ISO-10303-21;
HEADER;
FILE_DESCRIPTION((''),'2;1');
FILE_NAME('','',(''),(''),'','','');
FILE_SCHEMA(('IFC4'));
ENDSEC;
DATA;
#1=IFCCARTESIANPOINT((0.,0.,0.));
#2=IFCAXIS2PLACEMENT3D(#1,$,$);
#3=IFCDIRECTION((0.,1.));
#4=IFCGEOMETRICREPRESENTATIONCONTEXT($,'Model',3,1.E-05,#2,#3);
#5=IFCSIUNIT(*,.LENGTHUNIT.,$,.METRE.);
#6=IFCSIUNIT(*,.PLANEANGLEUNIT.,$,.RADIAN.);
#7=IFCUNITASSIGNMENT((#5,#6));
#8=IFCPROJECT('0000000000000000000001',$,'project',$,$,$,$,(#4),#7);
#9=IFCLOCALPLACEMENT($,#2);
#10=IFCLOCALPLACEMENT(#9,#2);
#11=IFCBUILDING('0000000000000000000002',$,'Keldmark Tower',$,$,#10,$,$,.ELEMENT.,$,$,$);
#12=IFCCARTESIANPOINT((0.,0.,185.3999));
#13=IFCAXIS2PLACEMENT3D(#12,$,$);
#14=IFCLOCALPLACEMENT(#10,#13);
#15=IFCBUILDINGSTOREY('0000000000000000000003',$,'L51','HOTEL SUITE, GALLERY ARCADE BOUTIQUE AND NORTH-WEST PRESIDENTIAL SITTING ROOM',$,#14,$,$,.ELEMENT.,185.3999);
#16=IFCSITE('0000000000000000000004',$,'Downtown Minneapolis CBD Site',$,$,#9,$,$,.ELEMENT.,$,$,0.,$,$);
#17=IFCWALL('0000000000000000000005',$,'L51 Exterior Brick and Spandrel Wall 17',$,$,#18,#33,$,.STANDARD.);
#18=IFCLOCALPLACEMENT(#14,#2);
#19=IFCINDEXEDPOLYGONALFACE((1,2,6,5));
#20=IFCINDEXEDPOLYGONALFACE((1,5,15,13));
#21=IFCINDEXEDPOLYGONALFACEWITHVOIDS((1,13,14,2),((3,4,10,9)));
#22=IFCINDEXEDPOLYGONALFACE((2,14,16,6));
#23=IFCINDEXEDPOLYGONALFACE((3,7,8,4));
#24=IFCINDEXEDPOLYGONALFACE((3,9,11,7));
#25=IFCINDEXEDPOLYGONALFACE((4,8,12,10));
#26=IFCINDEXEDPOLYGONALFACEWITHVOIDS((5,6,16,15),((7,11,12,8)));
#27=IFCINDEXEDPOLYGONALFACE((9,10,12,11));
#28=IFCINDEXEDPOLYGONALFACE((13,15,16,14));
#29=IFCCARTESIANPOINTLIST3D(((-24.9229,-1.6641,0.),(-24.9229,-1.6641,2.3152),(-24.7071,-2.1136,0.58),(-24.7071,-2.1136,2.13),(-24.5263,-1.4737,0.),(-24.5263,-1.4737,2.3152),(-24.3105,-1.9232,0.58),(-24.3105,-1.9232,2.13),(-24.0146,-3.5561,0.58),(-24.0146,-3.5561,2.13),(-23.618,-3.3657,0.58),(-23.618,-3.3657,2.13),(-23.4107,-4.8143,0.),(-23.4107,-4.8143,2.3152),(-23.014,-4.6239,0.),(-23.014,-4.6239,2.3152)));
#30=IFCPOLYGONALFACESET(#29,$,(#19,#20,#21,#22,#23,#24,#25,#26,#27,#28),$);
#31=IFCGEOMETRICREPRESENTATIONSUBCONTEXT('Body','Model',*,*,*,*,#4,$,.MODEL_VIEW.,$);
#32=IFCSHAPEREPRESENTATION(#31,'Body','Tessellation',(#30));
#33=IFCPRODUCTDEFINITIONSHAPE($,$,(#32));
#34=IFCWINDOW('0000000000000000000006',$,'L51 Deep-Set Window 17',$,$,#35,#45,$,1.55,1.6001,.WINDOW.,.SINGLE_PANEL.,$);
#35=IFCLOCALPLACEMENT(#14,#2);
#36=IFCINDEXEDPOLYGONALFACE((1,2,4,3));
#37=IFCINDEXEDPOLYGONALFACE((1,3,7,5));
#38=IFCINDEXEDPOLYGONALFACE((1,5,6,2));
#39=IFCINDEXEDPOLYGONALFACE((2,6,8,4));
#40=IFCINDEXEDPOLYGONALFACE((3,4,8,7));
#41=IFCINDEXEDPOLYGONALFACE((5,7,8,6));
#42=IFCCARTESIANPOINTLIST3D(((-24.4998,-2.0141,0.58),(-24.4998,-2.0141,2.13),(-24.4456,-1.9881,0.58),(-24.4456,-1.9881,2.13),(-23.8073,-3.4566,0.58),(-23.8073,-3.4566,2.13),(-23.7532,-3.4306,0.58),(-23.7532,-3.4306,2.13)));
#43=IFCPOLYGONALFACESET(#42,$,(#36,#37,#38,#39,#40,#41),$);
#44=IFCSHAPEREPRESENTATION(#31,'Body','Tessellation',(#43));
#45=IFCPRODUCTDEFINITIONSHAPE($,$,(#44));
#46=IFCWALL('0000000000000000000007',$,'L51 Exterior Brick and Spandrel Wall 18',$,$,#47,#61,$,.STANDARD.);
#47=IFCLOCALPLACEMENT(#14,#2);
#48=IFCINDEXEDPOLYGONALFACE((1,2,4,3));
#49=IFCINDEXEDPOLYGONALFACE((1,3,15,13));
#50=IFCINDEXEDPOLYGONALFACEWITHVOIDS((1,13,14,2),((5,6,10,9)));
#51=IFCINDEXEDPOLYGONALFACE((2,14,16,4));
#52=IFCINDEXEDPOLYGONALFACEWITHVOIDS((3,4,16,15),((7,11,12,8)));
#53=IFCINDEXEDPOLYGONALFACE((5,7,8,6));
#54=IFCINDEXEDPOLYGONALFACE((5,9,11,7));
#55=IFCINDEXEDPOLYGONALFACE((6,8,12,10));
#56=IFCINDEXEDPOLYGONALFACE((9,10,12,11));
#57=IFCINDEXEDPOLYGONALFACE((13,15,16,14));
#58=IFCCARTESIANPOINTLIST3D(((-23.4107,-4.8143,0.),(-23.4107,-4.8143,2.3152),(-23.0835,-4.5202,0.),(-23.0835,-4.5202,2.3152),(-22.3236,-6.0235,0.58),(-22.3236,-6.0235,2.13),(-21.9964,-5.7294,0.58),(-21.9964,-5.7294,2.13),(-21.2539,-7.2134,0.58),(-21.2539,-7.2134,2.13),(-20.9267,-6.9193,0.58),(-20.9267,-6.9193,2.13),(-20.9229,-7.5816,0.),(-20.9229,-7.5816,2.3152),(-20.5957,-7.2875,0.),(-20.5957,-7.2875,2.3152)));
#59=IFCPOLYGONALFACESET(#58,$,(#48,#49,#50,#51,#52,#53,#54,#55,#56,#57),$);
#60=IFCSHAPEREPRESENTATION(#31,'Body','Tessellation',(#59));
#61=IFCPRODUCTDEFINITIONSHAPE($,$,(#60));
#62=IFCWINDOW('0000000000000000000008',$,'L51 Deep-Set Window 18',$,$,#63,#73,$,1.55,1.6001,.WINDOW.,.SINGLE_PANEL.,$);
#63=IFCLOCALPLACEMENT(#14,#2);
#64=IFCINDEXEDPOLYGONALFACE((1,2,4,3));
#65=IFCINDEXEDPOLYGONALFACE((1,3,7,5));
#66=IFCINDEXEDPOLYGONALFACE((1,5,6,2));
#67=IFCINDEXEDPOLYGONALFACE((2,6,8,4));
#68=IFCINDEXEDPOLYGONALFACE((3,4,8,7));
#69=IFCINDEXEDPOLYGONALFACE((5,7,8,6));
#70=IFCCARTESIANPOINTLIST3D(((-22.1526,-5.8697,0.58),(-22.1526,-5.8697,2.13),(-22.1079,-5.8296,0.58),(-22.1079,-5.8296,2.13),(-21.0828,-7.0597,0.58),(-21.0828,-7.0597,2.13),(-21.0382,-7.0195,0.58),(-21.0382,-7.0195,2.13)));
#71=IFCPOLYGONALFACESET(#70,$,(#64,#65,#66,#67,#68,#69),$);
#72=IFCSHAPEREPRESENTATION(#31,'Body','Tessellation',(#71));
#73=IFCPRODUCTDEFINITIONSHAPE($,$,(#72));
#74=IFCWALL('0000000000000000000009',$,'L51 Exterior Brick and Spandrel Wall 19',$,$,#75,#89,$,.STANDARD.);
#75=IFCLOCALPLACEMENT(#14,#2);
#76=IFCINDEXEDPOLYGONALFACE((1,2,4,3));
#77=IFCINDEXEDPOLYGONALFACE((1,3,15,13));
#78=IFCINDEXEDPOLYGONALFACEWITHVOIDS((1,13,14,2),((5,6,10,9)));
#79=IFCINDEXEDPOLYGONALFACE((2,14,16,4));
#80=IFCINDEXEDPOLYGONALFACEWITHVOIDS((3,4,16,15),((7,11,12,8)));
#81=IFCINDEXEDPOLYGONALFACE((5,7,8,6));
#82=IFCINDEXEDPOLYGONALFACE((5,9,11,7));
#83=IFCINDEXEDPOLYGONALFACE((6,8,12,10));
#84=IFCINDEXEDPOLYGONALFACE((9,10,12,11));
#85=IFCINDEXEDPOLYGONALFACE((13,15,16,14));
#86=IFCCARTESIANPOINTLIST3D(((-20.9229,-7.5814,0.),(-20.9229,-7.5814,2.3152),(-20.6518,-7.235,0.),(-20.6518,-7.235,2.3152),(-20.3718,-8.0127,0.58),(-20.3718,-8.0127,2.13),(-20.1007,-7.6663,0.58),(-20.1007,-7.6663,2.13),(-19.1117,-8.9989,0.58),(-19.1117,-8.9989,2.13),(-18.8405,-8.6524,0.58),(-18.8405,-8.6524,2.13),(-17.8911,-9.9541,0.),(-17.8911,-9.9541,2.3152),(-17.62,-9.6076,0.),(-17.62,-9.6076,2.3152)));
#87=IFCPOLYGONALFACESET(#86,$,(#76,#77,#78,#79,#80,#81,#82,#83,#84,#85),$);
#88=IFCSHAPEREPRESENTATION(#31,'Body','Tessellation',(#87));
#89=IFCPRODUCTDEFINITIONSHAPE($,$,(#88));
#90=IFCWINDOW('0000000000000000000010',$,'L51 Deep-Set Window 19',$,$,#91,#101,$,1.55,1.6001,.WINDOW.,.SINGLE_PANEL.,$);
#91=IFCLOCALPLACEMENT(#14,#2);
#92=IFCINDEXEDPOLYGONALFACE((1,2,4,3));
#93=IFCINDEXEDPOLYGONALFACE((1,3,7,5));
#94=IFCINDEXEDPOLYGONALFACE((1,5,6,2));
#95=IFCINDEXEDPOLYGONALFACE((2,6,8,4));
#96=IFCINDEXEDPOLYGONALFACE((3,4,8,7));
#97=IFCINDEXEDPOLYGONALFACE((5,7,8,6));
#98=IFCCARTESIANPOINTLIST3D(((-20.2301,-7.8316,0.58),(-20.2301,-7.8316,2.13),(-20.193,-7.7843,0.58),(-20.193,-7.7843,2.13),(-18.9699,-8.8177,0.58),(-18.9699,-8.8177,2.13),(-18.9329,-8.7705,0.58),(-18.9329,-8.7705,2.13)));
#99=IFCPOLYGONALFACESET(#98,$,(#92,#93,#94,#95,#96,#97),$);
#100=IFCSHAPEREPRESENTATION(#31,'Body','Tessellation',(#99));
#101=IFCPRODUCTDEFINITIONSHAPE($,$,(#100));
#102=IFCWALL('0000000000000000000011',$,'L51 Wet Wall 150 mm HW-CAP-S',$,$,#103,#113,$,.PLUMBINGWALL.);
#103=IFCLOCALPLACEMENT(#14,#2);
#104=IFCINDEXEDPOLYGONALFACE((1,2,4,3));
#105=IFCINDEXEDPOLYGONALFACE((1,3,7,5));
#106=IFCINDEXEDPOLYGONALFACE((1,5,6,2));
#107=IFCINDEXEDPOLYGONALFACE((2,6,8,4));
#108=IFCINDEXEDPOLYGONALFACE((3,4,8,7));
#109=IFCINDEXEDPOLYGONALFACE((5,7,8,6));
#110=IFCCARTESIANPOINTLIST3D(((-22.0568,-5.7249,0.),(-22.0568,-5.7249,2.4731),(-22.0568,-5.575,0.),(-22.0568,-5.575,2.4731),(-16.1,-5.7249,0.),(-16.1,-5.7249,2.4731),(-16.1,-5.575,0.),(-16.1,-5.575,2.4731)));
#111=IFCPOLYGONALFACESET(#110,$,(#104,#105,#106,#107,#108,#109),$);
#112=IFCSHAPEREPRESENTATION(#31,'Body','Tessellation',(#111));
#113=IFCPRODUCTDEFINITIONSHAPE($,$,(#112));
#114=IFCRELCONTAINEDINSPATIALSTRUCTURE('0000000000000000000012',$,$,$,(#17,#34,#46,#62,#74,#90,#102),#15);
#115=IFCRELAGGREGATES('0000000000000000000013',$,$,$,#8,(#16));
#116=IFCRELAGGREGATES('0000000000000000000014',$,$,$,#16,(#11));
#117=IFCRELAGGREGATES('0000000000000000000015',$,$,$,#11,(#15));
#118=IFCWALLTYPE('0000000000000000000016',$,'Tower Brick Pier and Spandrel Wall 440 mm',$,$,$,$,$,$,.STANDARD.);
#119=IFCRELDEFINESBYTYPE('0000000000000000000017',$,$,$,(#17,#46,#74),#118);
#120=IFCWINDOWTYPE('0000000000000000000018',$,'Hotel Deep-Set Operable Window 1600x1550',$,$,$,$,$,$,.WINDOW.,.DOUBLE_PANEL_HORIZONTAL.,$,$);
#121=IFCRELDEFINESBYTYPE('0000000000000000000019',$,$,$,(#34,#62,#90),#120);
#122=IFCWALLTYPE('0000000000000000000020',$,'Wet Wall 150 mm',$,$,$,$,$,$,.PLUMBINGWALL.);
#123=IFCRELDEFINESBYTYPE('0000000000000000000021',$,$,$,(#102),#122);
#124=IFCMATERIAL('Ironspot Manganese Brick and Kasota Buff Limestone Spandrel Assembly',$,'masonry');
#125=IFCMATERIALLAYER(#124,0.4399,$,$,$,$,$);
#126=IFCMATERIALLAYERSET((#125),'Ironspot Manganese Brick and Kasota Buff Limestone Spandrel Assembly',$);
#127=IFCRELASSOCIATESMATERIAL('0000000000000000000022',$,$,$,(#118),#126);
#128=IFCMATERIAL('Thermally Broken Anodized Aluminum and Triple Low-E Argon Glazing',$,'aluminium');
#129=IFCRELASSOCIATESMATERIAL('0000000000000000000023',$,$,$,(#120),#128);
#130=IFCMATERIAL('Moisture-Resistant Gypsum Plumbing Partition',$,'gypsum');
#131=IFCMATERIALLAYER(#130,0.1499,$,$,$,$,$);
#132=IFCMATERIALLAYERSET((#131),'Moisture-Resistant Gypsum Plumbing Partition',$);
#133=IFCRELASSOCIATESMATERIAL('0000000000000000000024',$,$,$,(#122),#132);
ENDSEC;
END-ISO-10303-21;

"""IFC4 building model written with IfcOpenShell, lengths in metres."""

from ifc_helpers import new_model, si_unit, direction, frame, frame_2d, origin, place, context, subcontext, project, spatial, rectangle, extrude, material, layer, layer_set, type_object, element, fill, save


model = new_model("IFC4")

# Units and contexts
model_context = context("Model", 3, precision=1e-05, world=origin(), true_north=direction((0.0, 1.0)))
body_context = subcontext(model_context, "Body", "Model", "MODEL_VIEW")
ifc_project = project(units=[si_unit("LENGTHUNIT", "METRE"), si_unit("PLANEANGLEUNIT", "RADIAN")], contexts=[model_context])

# Site, building, storey
site_placement = place(None, origin())
site = spatial("IfcSite", under=ifc_project, at=site_placement, Name="Downtown Minneapolis CBD Site", CompositionType="ELEMENT", RefElevation=0.0)
building_placement = place(site_placement, origin())
building = spatial("IfcBuilding", under=site, at=building_placement, Name="Keldmark Tower", CompositionType="ELEMENT")
storey_placement = place(building_placement, frame((0.0, 0.0, 185.3999)))
storey = spatial("IfcBuildingStorey", under=building, at=storey_placement, Name="L51", Description="HOTEL SUITE, GALLERY ARCADE BOUTIQUE AND NORTH-WEST PRESIDENTIAL SITTING ROOM", CompositionType="ELEMENT", Elevation=185.3999)

# Walls, openings, windows
ifc_material_1 = material(Name="Ironspot Manganese Brick and Kasota Buff Limestone Spandrel Assembly", Category="masonry")
ifc_layer_1 = layer(ifc_material_1, 0.4399)
ifc_layer_set_1 = layer_set([ifc_layer_1], Name="Ironspot Manganese Brick and Kasota Buff Limestone Spandrel Assembly")
wall_type_1 = type_object("IfcWallType", Name="Tower Brick Pier and Spandrel Wall 440 mm", PredefinedType="STANDARD", material=ifc_layer_set_1)
wall_1_placement = place(storey_placement, frame((-23.2124, -4.719, 0.0), z_axis=(0.0, 0.0, 1.0), x_axis=(-0.432763, 0.901508, 0.0)))
wall_1 = element("IfcWall", 1, at=wall_1_placement, inside=storey, type_object=wall_type_1, Name="L51 Exterior Brick and Spandrel Wall 17", PredefinedType="STANDARD", context=body_context, shape_type="SweptSolid", body=[
    extrude(rectangle(XDim=3.4944, YDim=0.4399, at=frame_2d((1.7471, 0.0))), origin(), (0.0, 0.0, 1.0), 2.3152),
])
opening_1_placement = place(wall_1_placement, frame((1.3955, 0.0, 0.5801)))
opening_1 = element("IfcOpeningElement", 2, at=opening_1_placement, cuts=wall_1, PredefinedType="OPENING", context=body_context, shape_type="SweptSolid", body=[
    extrude(rectangle(XDim=1.6001, YDim=1.55, at=frame_2d((0.8, 0.7749))), frame((0.0, 0.23, 0.0), z_axis=(0.0, -1.0, 0.0), x_axis=(1.0, 0.0, 0.0)), (0.0, 0.0, 1.0), 0.46),
])
ifc_material_2 = material(Name="Thermally Broken Anodized Aluminum and Triple Low-E Argon Glazing", Category="aluminium")
window_type = type_object("IfcWindowType", Name="Hotel Deep-Set Operable Window 1600x1550", PartitioningType="DOUBLE_PANEL_HORIZONTAL", PredefinedType="WINDOW", material=ifc_material_2)
window_1_placement = place(opening_1_placement, origin())
window_1 = element("IfcWindow", 3, at=window_1_placement, inside=storey, type_object=window_type, Name="L51 Deep-Set Window 17", OverallHeight=1.55, OverallWidth=1.6001, PartitioningType="SINGLE_PANEL", PredefinedType="WINDOW", context=body_context, shape_type="SweptSolid", body=[
    extrude(rectangle(XDim=1.6001, YDim=1.55, at=frame_2d((0.8, 0.7749))), frame((0.0, -0.01, 0.0), z_axis=(0.0, -1.0, 0.0), x_axis=(1.0, 0.0, 0.0)), (0.0, 0.0, 1.0), 0.0601),
])
fill(opening_1, window_1)
wall_2_placement = place(storey_placement, frame((-20.7593, -7.4346, 0.0), z_axis=(0.0, 0.0, 1.0), x_axis=(-0.668548, 0.743669, 0.0)))
wall_2 = element("IfcWall", 4, at=wall_2_placement, inside=storey, type_object=wall_type_1, Name="L51 Exterior Brick and Spandrel Wall 18", PredefinedType="STANDARD", context=body_context, shape_type="SweptSolid", body=[
    extrude(rectangle(XDim=3.7212, YDim=0.4399, at=frame_2d((1.8606, 0.0))), origin(), (0.0, 0.0, 1.0), 2.3152),
])
opening_2_placement = place(wall_2_placement, frame((0.4951, 0.0, 0.5801)))
opening_2 = element("IfcOpeningElement", 5, at=opening_2_placement, cuts=wall_2, PredefinedType="OPENING", context=body_context, shape_type="SweptSolid", body=[
    extrude(rectangle(XDim=1.6001, YDim=1.55, at=frame_2d((0.8, 0.7749))), frame((0.0, 0.23, 0.0), z_axis=(0.0, -1.0, 0.0), x_axis=(1.0, 0.0, 0.0)), (0.0, 0.0, 1.0), 0.46),
])
window_2_placement = place(opening_2_placement, origin())
window_2 = element("IfcWindow", 6, at=window_2_placement, inside=storey, type_object=window_type, Name="L51 Deep-Set Window 18", OverallHeight=1.55, OverallWidth=1.6001, PartitioningType="SINGLE_PANEL", PredefinedType="WINDOW", context=body_context, shape_type="SweptSolid", body=[
    extrude(rectangle(XDim=1.6001, YDim=1.55, at=frame_2d((0.8, 0.7749))), frame((0.0, -0.01, 0.0), z_axis=(0.0, -1.0, 0.0), x_axis=(1.0, 0.0, 0.0)), (0.0, 0.0, 1.0), 0.0601),
])
fill(opening_2, window_2)
wall_3_placement = place(storey_placement, frame((-17.7556, -9.7808, 0.0), z_axis=(0.0, 0.0, 1.0), x_axis=(-0.787518, 0.616291, 0.0)))
wall_3 = element("IfcWall", 7, at=wall_3_placement, inside=storey, type_object=wall_type_1, Name="L51 Exterior Brick and Spandrel Wall 19", PredefinedType="STANDARD", context=body_context, shape_type="SweptSolid", body=[
    extrude(rectangle(XDim=3.8499, YDim=0.4399, at=frame_2d((1.9248, 0.0))), origin(), (0.0, 0.0, 1.0), 2.3152),
])
opening_3_placement = place(wall_3_placement, frame((1.5498, 0.0, 0.5801)))
opening_3 = element("IfcOpeningElement", 8, at=opening_3_placement, cuts=wall_3, PredefinedType="OPENING", context=body_context, shape_type="SweptSolid", body=[
    extrude(rectangle(XDim=1.6001, YDim=1.55, at=frame_2d((0.8, 0.7749))), frame((0.0, 0.23, 0.0), z_axis=(0.0, -1.0, 0.0), x_axis=(1.0, 0.0, 0.0)), (0.0, 0.0, 1.0), 0.46),
])
window_3_placement = place(opening_3_placement, origin())
window_3 = element("IfcWindow", 9, at=window_3_placement, inside=storey, type_object=window_type, Name="L51 Deep-Set Window 19", OverallHeight=1.55, OverallWidth=1.6001, PartitioningType="SINGLE_PANEL", PredefinedType="WINDOW", context=body_context, shape_type="SweptSolid", body=[
    extrude(rectangle(XDim=1.6001, YDim=1.55, at=frame_2d((0.8, 0.7749))), frame((0.0, -0.01, 0.0), z_axis=(0.0, -1.0, 0.0), x_axis=(1.0, 0.0, 0.0)), (0.0, 0.0, 1.0), 0.0601),
])
fill(opening_3, window_3)

# Wall
ifc_material_3 = material(Name="Moisture-Resistant Gypsum Plumbing Partition", Category="gypsum")
ifc_layer_2 = layer(ifc_material_3, 0.1499)
ifc_layer_set_2 = layer_set([ifc_layer_2], Name="Moisture-Resistant Gypsum Plumbing Partition")
wall_type_2 = type_object("IfcWallType", Name="Wet Wall 150 mm", PredefinedType="PLUMBINGWALL", material=ifc_layer_set_2)
wall_4_placement = place(storey_placement, frame((-22.0569, -5.6499, 0.0), z_axis=(0.0, 0.0, 1.0), x_axis=(1.0, 0.0, 0.0)))
element("IfcWall", 10, at=wall_4_placement, inside=storey, type_object=wall_type_2, Name="L51 Wet Wall 150 mm HW-CAP-S", PredefinedType="PLUMBINGWALL", context=body_context, shape_type="SweptSolid", body=[
    extrude(rectangle(XDim=5.9568, YDim=0.1499, at=frame_2d((2.9785, 0.0))), origin(), (0.0, 0.0, 1.0), 2.4731),
])

save(model, "model.ifc")
